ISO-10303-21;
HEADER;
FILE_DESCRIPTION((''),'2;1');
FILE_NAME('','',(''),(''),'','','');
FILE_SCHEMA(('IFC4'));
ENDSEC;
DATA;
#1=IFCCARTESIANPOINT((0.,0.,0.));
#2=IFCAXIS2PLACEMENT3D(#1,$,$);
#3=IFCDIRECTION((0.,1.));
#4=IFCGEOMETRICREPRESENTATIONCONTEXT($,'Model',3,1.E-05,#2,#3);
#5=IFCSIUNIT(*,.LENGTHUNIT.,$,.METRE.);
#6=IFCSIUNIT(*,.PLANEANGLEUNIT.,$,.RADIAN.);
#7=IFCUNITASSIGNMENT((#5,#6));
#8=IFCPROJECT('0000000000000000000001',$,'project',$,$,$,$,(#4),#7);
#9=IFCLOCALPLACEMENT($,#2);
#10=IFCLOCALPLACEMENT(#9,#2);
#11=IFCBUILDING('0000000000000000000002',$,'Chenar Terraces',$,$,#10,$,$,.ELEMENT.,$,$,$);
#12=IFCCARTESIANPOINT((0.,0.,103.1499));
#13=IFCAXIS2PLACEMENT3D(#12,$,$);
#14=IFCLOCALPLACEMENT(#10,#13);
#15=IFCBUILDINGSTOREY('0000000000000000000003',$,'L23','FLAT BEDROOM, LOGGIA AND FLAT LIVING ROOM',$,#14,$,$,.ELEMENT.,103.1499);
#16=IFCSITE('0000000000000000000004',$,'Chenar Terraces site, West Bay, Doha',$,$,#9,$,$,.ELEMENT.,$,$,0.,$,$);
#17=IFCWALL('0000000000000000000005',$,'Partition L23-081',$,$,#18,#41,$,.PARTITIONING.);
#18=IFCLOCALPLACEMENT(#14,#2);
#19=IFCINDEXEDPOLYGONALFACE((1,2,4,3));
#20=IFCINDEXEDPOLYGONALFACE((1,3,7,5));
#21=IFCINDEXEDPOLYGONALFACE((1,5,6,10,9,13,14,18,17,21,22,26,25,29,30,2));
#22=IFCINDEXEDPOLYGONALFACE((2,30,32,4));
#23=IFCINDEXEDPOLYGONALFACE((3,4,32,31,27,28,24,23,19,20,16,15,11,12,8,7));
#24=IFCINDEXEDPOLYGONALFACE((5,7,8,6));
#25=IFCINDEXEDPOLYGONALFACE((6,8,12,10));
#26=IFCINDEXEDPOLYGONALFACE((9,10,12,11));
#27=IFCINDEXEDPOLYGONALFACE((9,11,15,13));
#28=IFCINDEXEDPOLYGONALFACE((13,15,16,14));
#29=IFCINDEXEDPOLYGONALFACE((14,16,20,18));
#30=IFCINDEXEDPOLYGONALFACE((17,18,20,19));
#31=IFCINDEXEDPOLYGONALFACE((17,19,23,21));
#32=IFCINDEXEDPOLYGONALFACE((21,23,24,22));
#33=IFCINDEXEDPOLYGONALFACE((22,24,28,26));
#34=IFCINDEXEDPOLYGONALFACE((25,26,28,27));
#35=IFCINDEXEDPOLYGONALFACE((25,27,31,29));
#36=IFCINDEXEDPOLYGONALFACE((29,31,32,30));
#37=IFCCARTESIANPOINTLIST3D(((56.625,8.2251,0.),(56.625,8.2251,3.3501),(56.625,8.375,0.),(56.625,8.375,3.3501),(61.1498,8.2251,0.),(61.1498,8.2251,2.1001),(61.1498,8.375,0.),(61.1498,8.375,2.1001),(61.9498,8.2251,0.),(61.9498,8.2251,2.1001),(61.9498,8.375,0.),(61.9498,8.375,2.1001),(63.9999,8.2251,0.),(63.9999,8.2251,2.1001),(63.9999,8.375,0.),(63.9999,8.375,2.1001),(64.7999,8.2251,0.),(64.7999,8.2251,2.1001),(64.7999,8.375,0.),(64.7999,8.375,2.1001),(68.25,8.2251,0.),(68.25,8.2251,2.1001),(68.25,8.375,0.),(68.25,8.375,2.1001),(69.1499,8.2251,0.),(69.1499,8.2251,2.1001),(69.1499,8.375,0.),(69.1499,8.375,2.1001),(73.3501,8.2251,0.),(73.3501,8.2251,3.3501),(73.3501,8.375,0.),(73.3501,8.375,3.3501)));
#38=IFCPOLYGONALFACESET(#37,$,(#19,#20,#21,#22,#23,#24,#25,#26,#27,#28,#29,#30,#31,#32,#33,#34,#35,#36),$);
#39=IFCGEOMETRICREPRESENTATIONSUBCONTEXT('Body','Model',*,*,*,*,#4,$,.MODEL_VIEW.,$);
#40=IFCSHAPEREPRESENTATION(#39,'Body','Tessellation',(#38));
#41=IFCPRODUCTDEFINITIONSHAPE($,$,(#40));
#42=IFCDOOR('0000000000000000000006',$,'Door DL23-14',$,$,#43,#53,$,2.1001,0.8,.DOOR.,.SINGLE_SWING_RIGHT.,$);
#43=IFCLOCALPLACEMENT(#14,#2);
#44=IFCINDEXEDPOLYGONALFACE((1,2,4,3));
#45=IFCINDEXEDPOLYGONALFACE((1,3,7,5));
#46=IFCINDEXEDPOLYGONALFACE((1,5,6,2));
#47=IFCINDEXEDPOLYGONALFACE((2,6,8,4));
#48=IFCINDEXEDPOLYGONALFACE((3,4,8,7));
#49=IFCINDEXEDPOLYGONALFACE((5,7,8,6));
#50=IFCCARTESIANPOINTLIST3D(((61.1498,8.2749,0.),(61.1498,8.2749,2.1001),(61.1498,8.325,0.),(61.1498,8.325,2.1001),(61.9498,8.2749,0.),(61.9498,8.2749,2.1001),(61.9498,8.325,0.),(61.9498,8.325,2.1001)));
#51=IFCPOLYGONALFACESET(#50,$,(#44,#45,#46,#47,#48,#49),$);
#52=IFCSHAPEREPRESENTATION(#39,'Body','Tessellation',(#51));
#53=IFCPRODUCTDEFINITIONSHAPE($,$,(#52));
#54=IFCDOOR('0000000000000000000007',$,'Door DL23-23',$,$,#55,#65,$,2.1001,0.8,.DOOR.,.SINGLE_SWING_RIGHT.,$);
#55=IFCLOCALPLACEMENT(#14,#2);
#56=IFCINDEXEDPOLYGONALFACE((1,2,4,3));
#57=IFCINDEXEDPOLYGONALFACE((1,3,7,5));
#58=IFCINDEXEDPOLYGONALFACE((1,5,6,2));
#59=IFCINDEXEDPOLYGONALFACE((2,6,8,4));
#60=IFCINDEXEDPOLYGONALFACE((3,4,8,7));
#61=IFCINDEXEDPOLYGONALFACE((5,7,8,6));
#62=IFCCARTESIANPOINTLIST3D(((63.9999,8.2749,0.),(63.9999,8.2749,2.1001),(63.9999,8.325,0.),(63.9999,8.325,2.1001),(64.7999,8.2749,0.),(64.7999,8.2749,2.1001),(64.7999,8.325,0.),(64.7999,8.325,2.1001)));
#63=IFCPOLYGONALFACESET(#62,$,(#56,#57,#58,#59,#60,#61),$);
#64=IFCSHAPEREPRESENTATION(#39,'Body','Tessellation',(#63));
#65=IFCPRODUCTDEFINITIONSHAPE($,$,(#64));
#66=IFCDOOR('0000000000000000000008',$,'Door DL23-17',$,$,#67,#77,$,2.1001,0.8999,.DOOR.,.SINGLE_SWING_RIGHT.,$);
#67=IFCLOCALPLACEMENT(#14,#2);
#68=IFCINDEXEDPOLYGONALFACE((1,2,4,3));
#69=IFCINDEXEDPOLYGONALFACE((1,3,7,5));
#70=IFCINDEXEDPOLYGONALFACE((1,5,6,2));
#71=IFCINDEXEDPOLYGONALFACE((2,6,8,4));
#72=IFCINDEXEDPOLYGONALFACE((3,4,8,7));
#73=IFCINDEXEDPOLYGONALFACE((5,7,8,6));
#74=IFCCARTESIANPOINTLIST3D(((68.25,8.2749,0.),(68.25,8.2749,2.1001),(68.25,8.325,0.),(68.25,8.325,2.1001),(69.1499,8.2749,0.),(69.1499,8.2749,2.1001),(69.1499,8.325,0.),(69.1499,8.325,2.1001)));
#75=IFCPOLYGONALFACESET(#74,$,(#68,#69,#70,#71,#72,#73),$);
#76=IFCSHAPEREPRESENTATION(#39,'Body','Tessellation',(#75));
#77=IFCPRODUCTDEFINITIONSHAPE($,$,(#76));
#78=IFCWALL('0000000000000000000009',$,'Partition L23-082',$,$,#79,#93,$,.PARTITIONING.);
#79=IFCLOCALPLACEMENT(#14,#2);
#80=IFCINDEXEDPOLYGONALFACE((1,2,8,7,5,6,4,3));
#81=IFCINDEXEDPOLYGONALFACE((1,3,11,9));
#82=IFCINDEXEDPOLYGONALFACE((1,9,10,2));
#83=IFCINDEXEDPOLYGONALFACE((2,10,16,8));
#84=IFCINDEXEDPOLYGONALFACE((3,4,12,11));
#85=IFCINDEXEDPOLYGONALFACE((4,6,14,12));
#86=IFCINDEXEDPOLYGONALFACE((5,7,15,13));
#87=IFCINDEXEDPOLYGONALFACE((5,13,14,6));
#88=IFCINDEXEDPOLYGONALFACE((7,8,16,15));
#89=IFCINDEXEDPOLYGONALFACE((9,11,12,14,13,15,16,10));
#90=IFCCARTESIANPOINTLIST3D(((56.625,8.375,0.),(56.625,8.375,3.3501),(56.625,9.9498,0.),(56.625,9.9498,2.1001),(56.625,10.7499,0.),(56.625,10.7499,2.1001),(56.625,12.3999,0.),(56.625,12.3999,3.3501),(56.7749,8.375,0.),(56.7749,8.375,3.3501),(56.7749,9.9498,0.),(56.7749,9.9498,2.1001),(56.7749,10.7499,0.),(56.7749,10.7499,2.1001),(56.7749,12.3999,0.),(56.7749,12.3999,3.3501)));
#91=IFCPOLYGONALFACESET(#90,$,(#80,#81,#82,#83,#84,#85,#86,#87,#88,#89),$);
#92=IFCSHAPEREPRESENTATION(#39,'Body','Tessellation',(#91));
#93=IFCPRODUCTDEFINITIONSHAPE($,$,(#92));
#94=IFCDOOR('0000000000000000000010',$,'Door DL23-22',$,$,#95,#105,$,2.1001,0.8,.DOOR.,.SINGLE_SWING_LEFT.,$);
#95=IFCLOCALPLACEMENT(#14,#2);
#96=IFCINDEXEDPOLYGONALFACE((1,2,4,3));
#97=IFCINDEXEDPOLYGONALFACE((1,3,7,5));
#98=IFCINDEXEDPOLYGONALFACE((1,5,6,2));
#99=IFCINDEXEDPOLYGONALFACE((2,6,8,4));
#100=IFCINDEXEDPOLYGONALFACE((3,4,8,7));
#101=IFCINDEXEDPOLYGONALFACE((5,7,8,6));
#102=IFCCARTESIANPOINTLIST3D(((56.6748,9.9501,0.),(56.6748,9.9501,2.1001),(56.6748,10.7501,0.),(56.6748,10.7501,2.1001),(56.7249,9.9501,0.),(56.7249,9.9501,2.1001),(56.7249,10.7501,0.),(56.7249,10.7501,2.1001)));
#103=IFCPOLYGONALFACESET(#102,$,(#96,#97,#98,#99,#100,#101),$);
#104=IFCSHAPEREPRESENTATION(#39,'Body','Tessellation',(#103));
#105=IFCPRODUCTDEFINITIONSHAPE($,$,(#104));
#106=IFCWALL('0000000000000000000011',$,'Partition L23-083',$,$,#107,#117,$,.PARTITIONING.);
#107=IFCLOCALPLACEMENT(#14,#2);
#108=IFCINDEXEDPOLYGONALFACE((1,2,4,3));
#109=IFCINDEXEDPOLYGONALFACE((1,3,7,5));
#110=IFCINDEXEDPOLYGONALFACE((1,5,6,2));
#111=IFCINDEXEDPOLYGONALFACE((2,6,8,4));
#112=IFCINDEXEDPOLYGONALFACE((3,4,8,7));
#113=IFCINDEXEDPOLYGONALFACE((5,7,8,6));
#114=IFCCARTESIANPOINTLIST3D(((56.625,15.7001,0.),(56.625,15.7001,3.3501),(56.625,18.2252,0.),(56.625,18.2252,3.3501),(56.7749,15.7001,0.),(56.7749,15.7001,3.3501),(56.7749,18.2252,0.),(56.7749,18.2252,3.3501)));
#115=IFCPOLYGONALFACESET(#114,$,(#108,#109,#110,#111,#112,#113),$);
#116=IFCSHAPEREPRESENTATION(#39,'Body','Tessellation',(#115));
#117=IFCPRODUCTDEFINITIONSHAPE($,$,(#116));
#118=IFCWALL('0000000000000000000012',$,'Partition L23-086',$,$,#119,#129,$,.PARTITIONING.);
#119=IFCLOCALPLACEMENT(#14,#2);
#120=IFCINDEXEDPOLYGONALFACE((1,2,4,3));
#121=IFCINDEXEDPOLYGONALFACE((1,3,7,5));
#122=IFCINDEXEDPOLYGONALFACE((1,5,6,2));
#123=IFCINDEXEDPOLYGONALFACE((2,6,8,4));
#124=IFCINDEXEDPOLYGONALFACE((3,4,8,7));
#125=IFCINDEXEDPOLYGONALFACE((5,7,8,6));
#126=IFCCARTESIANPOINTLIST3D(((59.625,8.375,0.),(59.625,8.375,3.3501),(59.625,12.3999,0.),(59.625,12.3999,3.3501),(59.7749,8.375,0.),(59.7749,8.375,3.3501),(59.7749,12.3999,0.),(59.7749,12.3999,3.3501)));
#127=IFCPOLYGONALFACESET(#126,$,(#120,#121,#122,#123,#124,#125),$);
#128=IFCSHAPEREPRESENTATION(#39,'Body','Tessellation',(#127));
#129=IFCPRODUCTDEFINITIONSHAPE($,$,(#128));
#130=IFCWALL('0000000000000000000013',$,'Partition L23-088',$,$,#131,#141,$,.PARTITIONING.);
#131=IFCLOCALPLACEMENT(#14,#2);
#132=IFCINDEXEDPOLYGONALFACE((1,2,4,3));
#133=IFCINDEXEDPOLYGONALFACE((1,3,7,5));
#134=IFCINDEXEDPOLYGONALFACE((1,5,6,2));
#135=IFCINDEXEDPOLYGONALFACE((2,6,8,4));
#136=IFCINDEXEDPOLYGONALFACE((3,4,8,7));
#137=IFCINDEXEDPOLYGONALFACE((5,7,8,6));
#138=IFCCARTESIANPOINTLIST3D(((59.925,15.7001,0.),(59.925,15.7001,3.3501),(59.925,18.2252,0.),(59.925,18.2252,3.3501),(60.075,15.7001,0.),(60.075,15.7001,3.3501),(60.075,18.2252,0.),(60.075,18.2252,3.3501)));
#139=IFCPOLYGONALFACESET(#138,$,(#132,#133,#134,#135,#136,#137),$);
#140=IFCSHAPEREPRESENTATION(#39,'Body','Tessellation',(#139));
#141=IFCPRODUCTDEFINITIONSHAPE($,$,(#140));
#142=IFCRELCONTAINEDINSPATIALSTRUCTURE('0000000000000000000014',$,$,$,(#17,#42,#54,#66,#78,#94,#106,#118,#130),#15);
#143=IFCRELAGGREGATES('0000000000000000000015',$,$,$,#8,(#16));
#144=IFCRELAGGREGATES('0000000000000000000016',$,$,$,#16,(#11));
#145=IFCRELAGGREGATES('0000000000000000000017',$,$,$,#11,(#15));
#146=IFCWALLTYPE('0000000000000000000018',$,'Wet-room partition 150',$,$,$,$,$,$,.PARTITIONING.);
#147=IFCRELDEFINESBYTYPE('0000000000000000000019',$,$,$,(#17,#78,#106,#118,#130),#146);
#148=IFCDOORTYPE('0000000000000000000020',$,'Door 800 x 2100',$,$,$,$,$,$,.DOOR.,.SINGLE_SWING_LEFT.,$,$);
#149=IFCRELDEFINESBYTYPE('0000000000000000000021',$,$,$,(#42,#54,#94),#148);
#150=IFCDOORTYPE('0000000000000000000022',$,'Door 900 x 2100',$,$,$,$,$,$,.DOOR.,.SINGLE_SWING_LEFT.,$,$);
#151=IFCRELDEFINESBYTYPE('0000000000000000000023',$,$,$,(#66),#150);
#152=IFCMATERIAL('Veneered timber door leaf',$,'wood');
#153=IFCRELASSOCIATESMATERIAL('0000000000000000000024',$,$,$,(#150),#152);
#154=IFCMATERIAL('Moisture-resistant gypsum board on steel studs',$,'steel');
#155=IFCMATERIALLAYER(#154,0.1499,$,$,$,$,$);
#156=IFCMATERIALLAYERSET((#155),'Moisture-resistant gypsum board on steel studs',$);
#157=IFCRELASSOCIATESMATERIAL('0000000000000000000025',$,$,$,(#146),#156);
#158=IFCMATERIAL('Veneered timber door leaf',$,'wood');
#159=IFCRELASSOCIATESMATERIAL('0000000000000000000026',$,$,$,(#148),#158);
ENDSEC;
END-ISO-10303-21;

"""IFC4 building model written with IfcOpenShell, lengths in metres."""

from ifc_helpers import new_model, si_unit, direction, frame, frame_2d, origin, place, context, subcontext, project, spatial, rectangle, extrude, material, layer, layer_set, type_object, element, fill, save


model = new_model("IFC4")

# Units and contexts
model_context = context("Model", 3, precision=1e-05, world=origin(), true_north=direction((0.0, 1.0)))
body_context = subcontext(model_context, "Body", "Model", "MODEL_VIEW")
ifc_project = project(units=[si_unit("LENGTHUNIT", "METRE"), si_unit("PLANEANGLEUNIT", "RADIAN")], contexts=[model_context])

# Site, building, storey
site_placement = place(None, origin())
site = spatial("IfcSite", under=ifc_project, at=site_placement, Name="Chenar Terraces site, West Bay, Doha", CompositionType="ELEMENT", RefElevation=0.0)
building_placement = place(site_placement, origin())
building = spatial("IfcBuilding", under=site, at=building_placement, Name="Chenar Terraces", CompositionType="ELEMENT")
storey_placement = place(building_placement, frame((0.0, 0.0, 103.1499)))
storey = spatial("IfcBuildingStorey", under=building, at=storey_placement, Name="L23", Description="FLAT BEDROOM, LOGGIA AND FLAT LIVING ROOM", CompositionType="ELEMENT", Elevation=103.1499)

# Shared definitions
ifc_material_1 = material(Name="Veneered timber door leaf", Category="wood")
door_type_1 = type_object("IfcDoorType", Name="Door 900 x 2100", OperationType="SINGLE_SWING_LEFT", PredefinedType="DOOR", material=ifc_material_1)

# Shared definitions
ifc_material_2 = material(Name="Moisture-resistant gypsum board on steel studs", Category="steel")
ifc_layer_1 = layer(ifc_material_2, 0.1499)
ifc_layer_set_1 = layer_set([ifc_layer_1], Name="Moisture-resistant gypsum board on steel studs")
wall_type_1 = type_object("IfcWallType", Name="Wet-room partition 150", PredefinedType="PARTITIONING", material=ifc_layer_set_1)

# Wall, openings, doors
wall_1_placement = place(storey_placement, frame((56.625, 8.3, 0.0), z_axis=(0.0, 0.0, 1.0), x_axis=(1.0, 0.0, 0.0)))
wall_1 = element("IfcWall", 1, at=wall_1_placement, inside=storey, type_object=wall_type_1, Name="Partition L23-081", PredefinedType="PARTITIONING", context=body_context, shape_type="SweptSolid", body=[
    extrude(rectangle(XDim=16.7251, YDim=0.1499, at=frame_2d((8.3625, 0.0))), origin(), (0.0, 0.0, 1.0), 3.3501),
])
opening_1_placement = place(wall_1_placement, frame((4.5249, 0.0, 0.0)))
opening_1 = element("IfcOpeningElement", 2, at=opening_1_placement, cuts=wall_1, PredefinedType="OPENING", context=body_context, shape_type="SweptSolid", body=[
    extrude(rectangle(XDim=0.8, YDim=2.1001, at=frame_2d((0.3999, 1.05))), frame((0.0, 0.085, 0.0), z_axis=(0.0, -1.0, 0.0), x_axis=(1.0, 0.0, 0.0)), (0.0, 0.0, 1.0), 0.1699),
])
opening_2_placement = place(wall_1_placement, frame((11.625, 0.0, 0.0)))
opening_2 = element("IfcOpeningElement", 3, at=opening_2_placement, cuts=wall_1, PredefinedType="OPENING", context=body_context, shape_type="SweptSolid", body=[
    extrude(rectangle(XDim=0.8999, YDim=2.1001, at=frame_2d((0.45, 1.05))), frame((0.0, 0.085, 0.0), z_axis=(0.0, -1.0, 0.0), x_axis=(1.0, 0.0, 0.0)), (0.0, 0.0, 1.0), 0.1699),
])
opening_3_placement = place(wall_1_placement, frame((7.375, 0.0, 0.0)))
opening_3 = element("IfcOpeningElement", 4, at=opening_3_placement, cuts=wall_1, PredefinedType="OPENING", context=body_context, shape_type="SweptSolid", body=[
    extrude(rectangle(XDim=0.8, YDim=2.1001, at=frame_2d((0.3999, 1.05))), frame((0.0, 0.085, 0.0), z_axis=(0.0, -1.0, 0.0), x_axis=(1.0, 0.0, 0.0)), (0.0, 0.0, 1.0), 0.1699),
])
ifc_material_3 = material(Name="Veneered timber door leaf", Category="wood")
door_type_2 = type_object("IfcDoorType", Name="Door 800 x 2100", OperationType="SINGLE_SWING_LEFT", PredefinedType="DOOR", material=ifc_material_3)
door_1_placement = place(opening_1_placement, origin())
door_1 = element("IfcDoor", 5, at=door_1_placement, inside=storey, type_object=door_type_2, Name="Door DL23-14", OperationType="SINGLE_SWING_RIGHT", OverallHeight=2.1001, OverallWidth=0.8, PredefinedType="DOOR", context=body_context, shape_type="SweptSolid", body=[
    extrude(rectangle(XDim=0.8, YDim=2.1001, at=frame_2d((0.3999, 1.05))), frame((0.0, 0.0249, 0.0), z_axis=(0.0, -1.0, 0.0), x_axis=(1.0, 0.0, 0.0)), (0.0, 0.0, 1.0), 0.05),
])
fill(opening_1, door_1)
door_2_placement = place(opening_3_placement, origin())
door_2 = element("IfcDoor", 6, at=door_2_placement, inside=storey, type_object=door_type_2, Name="Door DL23-23", OperationType="SINGLE_SWING_RIGHT", OverallHeight=2.1001, OverallWidth=0.8, PredefinedType="DOOR", context=body_context, shape_type="SweptSolid", body=[
    extrude(rectangle(XDim=0.8, YDim=2.1001, at=frame_2d((0.3999, 1.05))), frame((0.0, 0.0249, 0.0), z_axis=(0.0, -1.0, 0.0), x_axis=(1.0, 0.0, 0.0)), (0.0, 0.0, 1.0), 0.05),
])
fill(opening_3, door_2)
door_3_placement = place(opening_2_placement, origin())
door_3 = element("IfcDoor", 7, at=door_3_placement, inside=storey, type_object=door_type_1, Name="Door DL23-17", OperationType="SINGLE_SWING_RIGHT", OverallHeight=2.1001, OverallWidth=0.8999, PredefinedType="DOOR", context=body_context, shape_type="SweptSolid", body=[
    extrude(rectangle(XDim=0.8999, YDim=2.1001, at=frame_2d((0.45, 1.05))), frame((0.0, 0.0249, 0.0), z_axis=(0.0, -1.0, 0.0), x_axis=(1.0, 0.0, 0.0)), (0.0, 0.0, 1.0), 0.05),
])
fill(opening_2, door_3)

# Wall, opening, door
wall_2_placement = place(storey_placement, frame((56.7, 8.375, 0.0), z_axis=(0.0, 0.0, 1.0), x_axis=(0.0, 1.0, 0.0)))
wall_2 = element("IfcWall", 8, at=wall_2_placement, inside=storey, type_object=wall_type_1, Name="Partition L23-082", PredefinedType="PARTITIONING", context=body_context, shape_type="SweptSolid", body=[
    extrude(rectangle(XDim=4.0249, YDim=0.1499, at=frame_2d((2.0125, 0.0))), origin(), (0.0, 0.0, 1.0), 3.3501),
])
opening_4_placement = place(wall_2_placement, frame((1.575, 0.0, 0.0)))
opening_4 = element("IfcOpeningElement", 9, at=opening_4_placement, cuts=wall_2, PredefinedType="OPENING", context=body_context, shape_type="SweptSolid", body=[
    extrude(rectangle(XDim=0.8, YDim=2.1001, at=frame_2d((0.3999, 1.05))), frame((0.0, 0.085, 0.0), z_axis=(0.0, -1.0, 0.0), x_axis=(1.0, 0.0, 0.0)), (0.0, 0.0, 1.0), 0.1699),
])
door_4_placement = place(opening_4_placement, frame((0.8, 0.0, 0.0), z_axis=(0.0, 0.0, 1.0), x_axis=(-1.0, 0.0, 0.0)))
door_4 = element("IfcDoor", 10, at=door_4_placement, inside=storey, type_object=door_type_2, Name="Door DL23-22", OperationType="SINGLE_SWING_LEFT", OverallHeight=2.1001, OverallWidth=0.8, PredefinedType="DOOR", context=body_context, shape_type="SweptSolid", body=[
    extrude(rectangle(XDim=0.8, YDim=2.1001, at=frame_2d((0.3999, 1.05))), frame((0.0, 0.0249, 0.0), z_axis=(0.0, -1.0, 0.0), x_axis=(1.0, 0.0, 0.0)), (0.0, 0.0, 1.0), 0.05),
])
fill(opening_4, door_4)

# Walls
wall_3_placement = place(storey_placement, frame((56.7, 15.7, 0.0), z_axis=(0.0, 0.0, 1.0), x_axis=(0.0, 1.0, 0.0)))
element("IfcWall", 11, at=wall_3_placement, inside=storey, type_object=wall_type_1, Name="Partition L23-083", PredefinedType="PARTITIONING", context=body_context, shape_type="SweptSolid", body=[
    extrude(rectangle(XDim=2.5251, YDim=0.1499, at=frame_2d((1.2627, 0.0))), origin(), (0.0, 0.0, 1.0), 3.3501),
])
wall_4_placement = place(storey_placement, frame((59.7, 8.375, 0.0), z_axis=(0.0, 0.0, 1.0), x_axis=(0.0, 1.0, 0.0)))
element("IfcWall", 12, at=wall_4_placement, inside=storey, type_object=wall_type_1, Name="Partition L23-086", PredefinedType="PARTITIONING", context=body_context, shape_type="SweptSolid", body=[
    extrude(rectangle(XDim=4.0249, YDim=0.1499, at=frame_2d((2.0125, 0.0))), origin(), (0.0, 0.0, 1.0), 3.3501),
])
wall_5_placement = place(storey_placement, frame((60.0, 15.7, 0.0), z_axis=(0.0, 0.0, 1.0), x_axis=(0.0, 1.0, 0.0)))
element("IfcWall", 13, at=wall_5_placement, inside=storey, type_object=wall_type_1, Name="Partition L23-088", PredefinedType="PARTITIONING", context=body_context, shape_type="SweptSolid", body=[
    extrude(rectangle(XDim=2.5251, YDim=0.1499, at=frame_2d((1.2627, 0.0))), origin(), (0.0, 0.0, 1.0), 3.3501),
])

save(model, "model.ifc")
